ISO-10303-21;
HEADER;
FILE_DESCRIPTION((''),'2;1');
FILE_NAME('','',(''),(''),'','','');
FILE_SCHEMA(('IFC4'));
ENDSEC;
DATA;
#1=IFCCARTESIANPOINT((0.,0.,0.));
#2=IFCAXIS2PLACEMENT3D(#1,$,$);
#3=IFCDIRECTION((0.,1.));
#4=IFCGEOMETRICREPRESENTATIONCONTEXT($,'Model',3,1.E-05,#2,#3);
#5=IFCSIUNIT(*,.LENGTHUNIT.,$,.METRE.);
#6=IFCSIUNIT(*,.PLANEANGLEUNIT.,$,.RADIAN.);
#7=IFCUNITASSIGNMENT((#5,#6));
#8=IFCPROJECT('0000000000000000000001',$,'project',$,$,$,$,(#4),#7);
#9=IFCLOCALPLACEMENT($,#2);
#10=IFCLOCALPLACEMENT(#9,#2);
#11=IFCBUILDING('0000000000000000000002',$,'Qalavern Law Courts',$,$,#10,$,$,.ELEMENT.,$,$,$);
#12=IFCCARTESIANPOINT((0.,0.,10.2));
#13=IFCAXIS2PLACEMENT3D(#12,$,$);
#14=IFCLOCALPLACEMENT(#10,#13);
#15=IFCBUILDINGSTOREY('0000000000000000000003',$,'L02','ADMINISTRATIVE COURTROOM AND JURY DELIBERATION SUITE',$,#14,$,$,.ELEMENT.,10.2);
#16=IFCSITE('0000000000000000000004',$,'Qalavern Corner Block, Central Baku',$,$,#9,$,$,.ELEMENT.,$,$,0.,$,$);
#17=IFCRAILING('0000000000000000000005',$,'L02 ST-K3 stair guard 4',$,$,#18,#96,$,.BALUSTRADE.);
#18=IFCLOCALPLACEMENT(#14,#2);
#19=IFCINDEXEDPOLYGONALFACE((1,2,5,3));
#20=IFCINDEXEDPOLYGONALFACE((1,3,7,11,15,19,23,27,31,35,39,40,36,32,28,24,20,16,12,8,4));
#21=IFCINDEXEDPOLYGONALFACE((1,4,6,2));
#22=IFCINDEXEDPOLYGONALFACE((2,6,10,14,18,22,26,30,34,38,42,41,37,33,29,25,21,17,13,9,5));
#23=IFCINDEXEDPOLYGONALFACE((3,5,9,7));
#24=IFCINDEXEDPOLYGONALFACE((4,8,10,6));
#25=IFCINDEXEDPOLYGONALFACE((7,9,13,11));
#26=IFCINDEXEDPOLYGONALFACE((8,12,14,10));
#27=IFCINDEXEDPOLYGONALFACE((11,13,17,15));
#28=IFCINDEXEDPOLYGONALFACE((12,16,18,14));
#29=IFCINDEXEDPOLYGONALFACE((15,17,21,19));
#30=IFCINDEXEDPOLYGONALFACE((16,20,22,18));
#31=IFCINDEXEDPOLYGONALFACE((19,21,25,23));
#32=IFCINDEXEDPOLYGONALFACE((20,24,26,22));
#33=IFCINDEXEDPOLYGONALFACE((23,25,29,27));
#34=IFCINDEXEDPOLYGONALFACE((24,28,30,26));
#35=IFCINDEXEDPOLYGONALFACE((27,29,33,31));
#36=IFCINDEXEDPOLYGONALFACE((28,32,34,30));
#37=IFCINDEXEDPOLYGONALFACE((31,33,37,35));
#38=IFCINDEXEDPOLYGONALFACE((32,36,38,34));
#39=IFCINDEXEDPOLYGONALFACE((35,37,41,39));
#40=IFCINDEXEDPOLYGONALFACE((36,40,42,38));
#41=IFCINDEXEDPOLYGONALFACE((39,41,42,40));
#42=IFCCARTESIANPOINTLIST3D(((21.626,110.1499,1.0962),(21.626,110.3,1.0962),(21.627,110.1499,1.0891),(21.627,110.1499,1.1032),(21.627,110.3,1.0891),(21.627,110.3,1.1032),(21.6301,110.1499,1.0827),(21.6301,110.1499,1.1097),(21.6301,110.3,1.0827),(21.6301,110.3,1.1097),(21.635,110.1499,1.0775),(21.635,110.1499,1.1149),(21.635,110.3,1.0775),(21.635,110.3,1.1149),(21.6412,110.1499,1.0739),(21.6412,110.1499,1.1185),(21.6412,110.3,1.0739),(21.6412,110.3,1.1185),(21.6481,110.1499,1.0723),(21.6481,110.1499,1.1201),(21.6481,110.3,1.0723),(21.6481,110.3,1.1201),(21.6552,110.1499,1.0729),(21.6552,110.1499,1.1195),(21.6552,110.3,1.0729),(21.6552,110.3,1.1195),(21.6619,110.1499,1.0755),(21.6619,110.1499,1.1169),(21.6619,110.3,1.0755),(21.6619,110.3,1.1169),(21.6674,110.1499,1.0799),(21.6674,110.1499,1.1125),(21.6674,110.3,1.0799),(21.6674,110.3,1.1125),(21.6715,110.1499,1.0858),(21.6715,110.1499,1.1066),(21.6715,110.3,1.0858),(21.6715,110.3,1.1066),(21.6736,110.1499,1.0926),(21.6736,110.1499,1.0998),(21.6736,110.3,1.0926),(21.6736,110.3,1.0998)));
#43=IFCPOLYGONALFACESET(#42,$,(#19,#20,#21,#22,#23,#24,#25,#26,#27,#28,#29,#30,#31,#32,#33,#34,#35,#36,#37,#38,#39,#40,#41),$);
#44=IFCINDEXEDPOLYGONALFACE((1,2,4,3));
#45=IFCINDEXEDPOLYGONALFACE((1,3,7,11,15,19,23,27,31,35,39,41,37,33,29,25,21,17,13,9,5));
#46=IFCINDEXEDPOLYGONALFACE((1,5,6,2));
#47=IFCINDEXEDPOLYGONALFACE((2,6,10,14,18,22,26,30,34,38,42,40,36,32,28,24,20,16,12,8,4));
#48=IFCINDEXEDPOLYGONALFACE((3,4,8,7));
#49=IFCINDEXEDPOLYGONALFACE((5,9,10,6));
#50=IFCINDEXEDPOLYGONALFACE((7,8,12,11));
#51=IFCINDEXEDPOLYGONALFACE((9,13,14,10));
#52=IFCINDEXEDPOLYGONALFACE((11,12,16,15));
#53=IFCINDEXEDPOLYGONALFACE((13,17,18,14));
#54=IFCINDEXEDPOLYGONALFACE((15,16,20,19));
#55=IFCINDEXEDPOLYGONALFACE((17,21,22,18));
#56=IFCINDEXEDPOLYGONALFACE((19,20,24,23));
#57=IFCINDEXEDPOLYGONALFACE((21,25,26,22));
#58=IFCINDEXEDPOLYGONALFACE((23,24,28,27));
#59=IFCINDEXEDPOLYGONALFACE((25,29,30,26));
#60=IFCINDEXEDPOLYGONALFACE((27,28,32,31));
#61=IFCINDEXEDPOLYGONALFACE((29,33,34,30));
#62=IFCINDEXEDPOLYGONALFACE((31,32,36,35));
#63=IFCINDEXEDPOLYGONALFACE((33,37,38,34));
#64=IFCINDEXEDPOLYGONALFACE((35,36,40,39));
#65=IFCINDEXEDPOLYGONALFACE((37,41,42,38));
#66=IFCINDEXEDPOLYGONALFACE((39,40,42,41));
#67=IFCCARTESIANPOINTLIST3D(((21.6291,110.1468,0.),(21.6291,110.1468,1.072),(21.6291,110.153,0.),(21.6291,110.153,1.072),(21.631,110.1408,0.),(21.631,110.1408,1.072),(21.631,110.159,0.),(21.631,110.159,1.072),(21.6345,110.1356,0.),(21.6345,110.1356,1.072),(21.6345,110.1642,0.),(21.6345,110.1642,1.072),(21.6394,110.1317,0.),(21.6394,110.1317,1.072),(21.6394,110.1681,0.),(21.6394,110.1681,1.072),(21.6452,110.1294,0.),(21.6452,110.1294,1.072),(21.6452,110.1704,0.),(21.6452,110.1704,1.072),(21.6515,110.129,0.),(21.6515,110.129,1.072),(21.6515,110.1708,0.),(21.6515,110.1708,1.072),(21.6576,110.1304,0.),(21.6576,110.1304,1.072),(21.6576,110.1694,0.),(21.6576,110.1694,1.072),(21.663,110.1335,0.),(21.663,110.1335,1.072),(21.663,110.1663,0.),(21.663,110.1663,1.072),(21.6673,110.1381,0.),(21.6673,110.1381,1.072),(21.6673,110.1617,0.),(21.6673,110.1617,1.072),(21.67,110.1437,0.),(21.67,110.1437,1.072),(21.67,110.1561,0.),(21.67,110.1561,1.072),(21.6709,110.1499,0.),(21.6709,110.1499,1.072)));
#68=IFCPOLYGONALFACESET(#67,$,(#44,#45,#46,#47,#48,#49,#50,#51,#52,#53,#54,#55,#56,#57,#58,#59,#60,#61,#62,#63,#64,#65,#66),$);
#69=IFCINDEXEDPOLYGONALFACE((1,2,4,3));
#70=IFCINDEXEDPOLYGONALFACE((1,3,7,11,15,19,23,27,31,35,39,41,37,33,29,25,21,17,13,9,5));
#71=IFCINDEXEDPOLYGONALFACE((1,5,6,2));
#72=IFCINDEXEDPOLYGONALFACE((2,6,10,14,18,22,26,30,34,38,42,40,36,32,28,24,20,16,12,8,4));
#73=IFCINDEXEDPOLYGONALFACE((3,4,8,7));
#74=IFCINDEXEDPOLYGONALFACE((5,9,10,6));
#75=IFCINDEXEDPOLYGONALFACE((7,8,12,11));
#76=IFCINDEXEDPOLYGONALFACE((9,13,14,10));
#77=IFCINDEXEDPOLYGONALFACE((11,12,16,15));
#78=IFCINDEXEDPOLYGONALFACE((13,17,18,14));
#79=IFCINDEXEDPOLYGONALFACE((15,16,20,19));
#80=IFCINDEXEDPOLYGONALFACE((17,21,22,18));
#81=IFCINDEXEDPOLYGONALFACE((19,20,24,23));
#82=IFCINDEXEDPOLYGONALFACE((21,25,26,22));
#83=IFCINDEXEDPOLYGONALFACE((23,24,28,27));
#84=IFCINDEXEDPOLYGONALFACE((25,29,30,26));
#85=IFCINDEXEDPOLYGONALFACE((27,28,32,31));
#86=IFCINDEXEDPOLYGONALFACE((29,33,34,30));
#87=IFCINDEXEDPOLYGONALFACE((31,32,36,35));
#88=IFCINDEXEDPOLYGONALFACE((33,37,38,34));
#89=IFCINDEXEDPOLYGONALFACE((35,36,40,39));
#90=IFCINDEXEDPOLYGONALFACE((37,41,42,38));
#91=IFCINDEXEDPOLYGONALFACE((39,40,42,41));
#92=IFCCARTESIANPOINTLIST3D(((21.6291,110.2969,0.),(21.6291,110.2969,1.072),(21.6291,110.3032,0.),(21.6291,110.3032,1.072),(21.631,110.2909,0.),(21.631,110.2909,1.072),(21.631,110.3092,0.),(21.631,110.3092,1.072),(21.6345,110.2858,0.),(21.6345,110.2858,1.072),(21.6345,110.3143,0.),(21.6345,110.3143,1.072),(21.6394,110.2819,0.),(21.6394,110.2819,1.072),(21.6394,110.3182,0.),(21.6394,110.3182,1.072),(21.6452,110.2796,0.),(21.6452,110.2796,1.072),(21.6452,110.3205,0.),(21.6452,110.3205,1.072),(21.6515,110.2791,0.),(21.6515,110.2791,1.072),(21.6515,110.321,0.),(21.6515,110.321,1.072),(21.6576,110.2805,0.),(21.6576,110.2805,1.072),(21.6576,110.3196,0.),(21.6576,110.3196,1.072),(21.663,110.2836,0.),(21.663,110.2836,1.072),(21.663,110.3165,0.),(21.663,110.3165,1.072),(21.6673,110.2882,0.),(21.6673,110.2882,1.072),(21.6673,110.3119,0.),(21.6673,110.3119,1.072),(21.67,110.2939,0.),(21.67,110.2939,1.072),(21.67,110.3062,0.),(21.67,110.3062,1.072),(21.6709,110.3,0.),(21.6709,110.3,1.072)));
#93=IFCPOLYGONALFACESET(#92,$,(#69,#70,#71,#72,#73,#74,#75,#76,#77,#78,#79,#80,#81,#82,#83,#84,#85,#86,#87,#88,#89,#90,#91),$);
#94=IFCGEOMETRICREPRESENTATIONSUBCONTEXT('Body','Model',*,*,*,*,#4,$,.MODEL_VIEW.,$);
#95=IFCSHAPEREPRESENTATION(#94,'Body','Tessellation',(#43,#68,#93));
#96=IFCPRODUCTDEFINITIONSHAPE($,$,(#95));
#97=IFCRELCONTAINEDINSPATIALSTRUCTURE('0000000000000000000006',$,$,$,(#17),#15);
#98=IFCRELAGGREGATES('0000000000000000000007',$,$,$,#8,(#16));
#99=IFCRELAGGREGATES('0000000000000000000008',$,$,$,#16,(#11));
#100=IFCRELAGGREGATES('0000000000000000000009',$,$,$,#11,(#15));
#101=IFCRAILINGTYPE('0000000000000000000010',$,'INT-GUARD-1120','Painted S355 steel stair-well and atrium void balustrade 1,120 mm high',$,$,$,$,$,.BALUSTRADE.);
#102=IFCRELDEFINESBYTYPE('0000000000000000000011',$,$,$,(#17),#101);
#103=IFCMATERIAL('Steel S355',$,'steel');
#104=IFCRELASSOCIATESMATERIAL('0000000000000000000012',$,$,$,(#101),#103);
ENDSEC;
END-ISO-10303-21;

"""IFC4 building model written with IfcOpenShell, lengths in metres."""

from ifc_helpers import new_model, si_unit, direction, frame, origin, origin_2d, place, context, subcontext, project, spatial, circle, extrude, material, type_object, element, save


model = new_model("IFC4")

# Units and contexts
model_context = context("Model", 3, precision=1e-05, world=origin(), true_north=direction((0.0, 1.0)))
body_context = subcontext(model_context, "Body", "Model", "MODEL_VIEW")
ifc_project = project(units=[si_unit("LENGTHUNIT", "METRE"), si_unit("PLANEANGLEUNIT", "RADIAN")], contexts=[model_context])

# Site, building, storey
site_placement = place(None, origin())
site = spatial("IfcSite", under=ifc_project, at=site_placement, Name="Qalavern Corner Block, Central Baku", CompositionType="ELEMENT", RefElevation=0.0)
building_placement = place(site_placement, origin())
building = spatial("IfcBuilding", under=site, at=building_placement, Name="Qalavern Law Courts", CompositionType="ELEMENT")
storey_placement = place(building_placement, frame((0.0, 0.0, 10.2)))
storey = spatial("IfcBuildingStorey", under=building, at=storey_placement, Name="L02", Description="ADMINISTRATIVE COURTROOM AND JURY DELIBERATION SUITE", CompositionType="ELEMENT", Elevation=10.2)

# Shared definitions
ifc_material_1 = material(Name="Steel S355", Category="steel")

# Railing
railing_type_1 = type_object("IfcRailingType", Name="INT-GUARD-1120", Description="Painted S355 steel stair-well and atrium void balustrade 1,120 mm high", PredefinedType="BALUSTRADE", material=ifc_material_1)
railing_1_placement = place(storey_placement, frame((21.6499, 110.1499, 0.0)))
element("IfcRailing", 1, at=railing_1_placement, inside=storey, type_object=railing_type_1, Name="L02 ST-K3 stair guard 4", PredefinedType="BALUSTRADE", context=body_context, shape_type="SweptSolid", body=[
    extrude(circle(Radius=0.0239, at=origin_2d()), frame((0.0, 0.0, 1.0962), z_axis=(0.0, 1.0, 0.0), x_axis=(-1.0, 0.0, 0.0)), (0.0, 0.0, 1.0), 0.1501),
    extrude(circle(Radius=0.021, at=origin_2d()), origin(), (0.0, 0.0, 1.0), 1.072),
    extrude(circle(Radius=0.021, at=origin_2d()), frame((0.0, 0.1501, 0.0)), (0.0, 0.0, 1.0), 1.072),
])

save(model, "model.ifc")
